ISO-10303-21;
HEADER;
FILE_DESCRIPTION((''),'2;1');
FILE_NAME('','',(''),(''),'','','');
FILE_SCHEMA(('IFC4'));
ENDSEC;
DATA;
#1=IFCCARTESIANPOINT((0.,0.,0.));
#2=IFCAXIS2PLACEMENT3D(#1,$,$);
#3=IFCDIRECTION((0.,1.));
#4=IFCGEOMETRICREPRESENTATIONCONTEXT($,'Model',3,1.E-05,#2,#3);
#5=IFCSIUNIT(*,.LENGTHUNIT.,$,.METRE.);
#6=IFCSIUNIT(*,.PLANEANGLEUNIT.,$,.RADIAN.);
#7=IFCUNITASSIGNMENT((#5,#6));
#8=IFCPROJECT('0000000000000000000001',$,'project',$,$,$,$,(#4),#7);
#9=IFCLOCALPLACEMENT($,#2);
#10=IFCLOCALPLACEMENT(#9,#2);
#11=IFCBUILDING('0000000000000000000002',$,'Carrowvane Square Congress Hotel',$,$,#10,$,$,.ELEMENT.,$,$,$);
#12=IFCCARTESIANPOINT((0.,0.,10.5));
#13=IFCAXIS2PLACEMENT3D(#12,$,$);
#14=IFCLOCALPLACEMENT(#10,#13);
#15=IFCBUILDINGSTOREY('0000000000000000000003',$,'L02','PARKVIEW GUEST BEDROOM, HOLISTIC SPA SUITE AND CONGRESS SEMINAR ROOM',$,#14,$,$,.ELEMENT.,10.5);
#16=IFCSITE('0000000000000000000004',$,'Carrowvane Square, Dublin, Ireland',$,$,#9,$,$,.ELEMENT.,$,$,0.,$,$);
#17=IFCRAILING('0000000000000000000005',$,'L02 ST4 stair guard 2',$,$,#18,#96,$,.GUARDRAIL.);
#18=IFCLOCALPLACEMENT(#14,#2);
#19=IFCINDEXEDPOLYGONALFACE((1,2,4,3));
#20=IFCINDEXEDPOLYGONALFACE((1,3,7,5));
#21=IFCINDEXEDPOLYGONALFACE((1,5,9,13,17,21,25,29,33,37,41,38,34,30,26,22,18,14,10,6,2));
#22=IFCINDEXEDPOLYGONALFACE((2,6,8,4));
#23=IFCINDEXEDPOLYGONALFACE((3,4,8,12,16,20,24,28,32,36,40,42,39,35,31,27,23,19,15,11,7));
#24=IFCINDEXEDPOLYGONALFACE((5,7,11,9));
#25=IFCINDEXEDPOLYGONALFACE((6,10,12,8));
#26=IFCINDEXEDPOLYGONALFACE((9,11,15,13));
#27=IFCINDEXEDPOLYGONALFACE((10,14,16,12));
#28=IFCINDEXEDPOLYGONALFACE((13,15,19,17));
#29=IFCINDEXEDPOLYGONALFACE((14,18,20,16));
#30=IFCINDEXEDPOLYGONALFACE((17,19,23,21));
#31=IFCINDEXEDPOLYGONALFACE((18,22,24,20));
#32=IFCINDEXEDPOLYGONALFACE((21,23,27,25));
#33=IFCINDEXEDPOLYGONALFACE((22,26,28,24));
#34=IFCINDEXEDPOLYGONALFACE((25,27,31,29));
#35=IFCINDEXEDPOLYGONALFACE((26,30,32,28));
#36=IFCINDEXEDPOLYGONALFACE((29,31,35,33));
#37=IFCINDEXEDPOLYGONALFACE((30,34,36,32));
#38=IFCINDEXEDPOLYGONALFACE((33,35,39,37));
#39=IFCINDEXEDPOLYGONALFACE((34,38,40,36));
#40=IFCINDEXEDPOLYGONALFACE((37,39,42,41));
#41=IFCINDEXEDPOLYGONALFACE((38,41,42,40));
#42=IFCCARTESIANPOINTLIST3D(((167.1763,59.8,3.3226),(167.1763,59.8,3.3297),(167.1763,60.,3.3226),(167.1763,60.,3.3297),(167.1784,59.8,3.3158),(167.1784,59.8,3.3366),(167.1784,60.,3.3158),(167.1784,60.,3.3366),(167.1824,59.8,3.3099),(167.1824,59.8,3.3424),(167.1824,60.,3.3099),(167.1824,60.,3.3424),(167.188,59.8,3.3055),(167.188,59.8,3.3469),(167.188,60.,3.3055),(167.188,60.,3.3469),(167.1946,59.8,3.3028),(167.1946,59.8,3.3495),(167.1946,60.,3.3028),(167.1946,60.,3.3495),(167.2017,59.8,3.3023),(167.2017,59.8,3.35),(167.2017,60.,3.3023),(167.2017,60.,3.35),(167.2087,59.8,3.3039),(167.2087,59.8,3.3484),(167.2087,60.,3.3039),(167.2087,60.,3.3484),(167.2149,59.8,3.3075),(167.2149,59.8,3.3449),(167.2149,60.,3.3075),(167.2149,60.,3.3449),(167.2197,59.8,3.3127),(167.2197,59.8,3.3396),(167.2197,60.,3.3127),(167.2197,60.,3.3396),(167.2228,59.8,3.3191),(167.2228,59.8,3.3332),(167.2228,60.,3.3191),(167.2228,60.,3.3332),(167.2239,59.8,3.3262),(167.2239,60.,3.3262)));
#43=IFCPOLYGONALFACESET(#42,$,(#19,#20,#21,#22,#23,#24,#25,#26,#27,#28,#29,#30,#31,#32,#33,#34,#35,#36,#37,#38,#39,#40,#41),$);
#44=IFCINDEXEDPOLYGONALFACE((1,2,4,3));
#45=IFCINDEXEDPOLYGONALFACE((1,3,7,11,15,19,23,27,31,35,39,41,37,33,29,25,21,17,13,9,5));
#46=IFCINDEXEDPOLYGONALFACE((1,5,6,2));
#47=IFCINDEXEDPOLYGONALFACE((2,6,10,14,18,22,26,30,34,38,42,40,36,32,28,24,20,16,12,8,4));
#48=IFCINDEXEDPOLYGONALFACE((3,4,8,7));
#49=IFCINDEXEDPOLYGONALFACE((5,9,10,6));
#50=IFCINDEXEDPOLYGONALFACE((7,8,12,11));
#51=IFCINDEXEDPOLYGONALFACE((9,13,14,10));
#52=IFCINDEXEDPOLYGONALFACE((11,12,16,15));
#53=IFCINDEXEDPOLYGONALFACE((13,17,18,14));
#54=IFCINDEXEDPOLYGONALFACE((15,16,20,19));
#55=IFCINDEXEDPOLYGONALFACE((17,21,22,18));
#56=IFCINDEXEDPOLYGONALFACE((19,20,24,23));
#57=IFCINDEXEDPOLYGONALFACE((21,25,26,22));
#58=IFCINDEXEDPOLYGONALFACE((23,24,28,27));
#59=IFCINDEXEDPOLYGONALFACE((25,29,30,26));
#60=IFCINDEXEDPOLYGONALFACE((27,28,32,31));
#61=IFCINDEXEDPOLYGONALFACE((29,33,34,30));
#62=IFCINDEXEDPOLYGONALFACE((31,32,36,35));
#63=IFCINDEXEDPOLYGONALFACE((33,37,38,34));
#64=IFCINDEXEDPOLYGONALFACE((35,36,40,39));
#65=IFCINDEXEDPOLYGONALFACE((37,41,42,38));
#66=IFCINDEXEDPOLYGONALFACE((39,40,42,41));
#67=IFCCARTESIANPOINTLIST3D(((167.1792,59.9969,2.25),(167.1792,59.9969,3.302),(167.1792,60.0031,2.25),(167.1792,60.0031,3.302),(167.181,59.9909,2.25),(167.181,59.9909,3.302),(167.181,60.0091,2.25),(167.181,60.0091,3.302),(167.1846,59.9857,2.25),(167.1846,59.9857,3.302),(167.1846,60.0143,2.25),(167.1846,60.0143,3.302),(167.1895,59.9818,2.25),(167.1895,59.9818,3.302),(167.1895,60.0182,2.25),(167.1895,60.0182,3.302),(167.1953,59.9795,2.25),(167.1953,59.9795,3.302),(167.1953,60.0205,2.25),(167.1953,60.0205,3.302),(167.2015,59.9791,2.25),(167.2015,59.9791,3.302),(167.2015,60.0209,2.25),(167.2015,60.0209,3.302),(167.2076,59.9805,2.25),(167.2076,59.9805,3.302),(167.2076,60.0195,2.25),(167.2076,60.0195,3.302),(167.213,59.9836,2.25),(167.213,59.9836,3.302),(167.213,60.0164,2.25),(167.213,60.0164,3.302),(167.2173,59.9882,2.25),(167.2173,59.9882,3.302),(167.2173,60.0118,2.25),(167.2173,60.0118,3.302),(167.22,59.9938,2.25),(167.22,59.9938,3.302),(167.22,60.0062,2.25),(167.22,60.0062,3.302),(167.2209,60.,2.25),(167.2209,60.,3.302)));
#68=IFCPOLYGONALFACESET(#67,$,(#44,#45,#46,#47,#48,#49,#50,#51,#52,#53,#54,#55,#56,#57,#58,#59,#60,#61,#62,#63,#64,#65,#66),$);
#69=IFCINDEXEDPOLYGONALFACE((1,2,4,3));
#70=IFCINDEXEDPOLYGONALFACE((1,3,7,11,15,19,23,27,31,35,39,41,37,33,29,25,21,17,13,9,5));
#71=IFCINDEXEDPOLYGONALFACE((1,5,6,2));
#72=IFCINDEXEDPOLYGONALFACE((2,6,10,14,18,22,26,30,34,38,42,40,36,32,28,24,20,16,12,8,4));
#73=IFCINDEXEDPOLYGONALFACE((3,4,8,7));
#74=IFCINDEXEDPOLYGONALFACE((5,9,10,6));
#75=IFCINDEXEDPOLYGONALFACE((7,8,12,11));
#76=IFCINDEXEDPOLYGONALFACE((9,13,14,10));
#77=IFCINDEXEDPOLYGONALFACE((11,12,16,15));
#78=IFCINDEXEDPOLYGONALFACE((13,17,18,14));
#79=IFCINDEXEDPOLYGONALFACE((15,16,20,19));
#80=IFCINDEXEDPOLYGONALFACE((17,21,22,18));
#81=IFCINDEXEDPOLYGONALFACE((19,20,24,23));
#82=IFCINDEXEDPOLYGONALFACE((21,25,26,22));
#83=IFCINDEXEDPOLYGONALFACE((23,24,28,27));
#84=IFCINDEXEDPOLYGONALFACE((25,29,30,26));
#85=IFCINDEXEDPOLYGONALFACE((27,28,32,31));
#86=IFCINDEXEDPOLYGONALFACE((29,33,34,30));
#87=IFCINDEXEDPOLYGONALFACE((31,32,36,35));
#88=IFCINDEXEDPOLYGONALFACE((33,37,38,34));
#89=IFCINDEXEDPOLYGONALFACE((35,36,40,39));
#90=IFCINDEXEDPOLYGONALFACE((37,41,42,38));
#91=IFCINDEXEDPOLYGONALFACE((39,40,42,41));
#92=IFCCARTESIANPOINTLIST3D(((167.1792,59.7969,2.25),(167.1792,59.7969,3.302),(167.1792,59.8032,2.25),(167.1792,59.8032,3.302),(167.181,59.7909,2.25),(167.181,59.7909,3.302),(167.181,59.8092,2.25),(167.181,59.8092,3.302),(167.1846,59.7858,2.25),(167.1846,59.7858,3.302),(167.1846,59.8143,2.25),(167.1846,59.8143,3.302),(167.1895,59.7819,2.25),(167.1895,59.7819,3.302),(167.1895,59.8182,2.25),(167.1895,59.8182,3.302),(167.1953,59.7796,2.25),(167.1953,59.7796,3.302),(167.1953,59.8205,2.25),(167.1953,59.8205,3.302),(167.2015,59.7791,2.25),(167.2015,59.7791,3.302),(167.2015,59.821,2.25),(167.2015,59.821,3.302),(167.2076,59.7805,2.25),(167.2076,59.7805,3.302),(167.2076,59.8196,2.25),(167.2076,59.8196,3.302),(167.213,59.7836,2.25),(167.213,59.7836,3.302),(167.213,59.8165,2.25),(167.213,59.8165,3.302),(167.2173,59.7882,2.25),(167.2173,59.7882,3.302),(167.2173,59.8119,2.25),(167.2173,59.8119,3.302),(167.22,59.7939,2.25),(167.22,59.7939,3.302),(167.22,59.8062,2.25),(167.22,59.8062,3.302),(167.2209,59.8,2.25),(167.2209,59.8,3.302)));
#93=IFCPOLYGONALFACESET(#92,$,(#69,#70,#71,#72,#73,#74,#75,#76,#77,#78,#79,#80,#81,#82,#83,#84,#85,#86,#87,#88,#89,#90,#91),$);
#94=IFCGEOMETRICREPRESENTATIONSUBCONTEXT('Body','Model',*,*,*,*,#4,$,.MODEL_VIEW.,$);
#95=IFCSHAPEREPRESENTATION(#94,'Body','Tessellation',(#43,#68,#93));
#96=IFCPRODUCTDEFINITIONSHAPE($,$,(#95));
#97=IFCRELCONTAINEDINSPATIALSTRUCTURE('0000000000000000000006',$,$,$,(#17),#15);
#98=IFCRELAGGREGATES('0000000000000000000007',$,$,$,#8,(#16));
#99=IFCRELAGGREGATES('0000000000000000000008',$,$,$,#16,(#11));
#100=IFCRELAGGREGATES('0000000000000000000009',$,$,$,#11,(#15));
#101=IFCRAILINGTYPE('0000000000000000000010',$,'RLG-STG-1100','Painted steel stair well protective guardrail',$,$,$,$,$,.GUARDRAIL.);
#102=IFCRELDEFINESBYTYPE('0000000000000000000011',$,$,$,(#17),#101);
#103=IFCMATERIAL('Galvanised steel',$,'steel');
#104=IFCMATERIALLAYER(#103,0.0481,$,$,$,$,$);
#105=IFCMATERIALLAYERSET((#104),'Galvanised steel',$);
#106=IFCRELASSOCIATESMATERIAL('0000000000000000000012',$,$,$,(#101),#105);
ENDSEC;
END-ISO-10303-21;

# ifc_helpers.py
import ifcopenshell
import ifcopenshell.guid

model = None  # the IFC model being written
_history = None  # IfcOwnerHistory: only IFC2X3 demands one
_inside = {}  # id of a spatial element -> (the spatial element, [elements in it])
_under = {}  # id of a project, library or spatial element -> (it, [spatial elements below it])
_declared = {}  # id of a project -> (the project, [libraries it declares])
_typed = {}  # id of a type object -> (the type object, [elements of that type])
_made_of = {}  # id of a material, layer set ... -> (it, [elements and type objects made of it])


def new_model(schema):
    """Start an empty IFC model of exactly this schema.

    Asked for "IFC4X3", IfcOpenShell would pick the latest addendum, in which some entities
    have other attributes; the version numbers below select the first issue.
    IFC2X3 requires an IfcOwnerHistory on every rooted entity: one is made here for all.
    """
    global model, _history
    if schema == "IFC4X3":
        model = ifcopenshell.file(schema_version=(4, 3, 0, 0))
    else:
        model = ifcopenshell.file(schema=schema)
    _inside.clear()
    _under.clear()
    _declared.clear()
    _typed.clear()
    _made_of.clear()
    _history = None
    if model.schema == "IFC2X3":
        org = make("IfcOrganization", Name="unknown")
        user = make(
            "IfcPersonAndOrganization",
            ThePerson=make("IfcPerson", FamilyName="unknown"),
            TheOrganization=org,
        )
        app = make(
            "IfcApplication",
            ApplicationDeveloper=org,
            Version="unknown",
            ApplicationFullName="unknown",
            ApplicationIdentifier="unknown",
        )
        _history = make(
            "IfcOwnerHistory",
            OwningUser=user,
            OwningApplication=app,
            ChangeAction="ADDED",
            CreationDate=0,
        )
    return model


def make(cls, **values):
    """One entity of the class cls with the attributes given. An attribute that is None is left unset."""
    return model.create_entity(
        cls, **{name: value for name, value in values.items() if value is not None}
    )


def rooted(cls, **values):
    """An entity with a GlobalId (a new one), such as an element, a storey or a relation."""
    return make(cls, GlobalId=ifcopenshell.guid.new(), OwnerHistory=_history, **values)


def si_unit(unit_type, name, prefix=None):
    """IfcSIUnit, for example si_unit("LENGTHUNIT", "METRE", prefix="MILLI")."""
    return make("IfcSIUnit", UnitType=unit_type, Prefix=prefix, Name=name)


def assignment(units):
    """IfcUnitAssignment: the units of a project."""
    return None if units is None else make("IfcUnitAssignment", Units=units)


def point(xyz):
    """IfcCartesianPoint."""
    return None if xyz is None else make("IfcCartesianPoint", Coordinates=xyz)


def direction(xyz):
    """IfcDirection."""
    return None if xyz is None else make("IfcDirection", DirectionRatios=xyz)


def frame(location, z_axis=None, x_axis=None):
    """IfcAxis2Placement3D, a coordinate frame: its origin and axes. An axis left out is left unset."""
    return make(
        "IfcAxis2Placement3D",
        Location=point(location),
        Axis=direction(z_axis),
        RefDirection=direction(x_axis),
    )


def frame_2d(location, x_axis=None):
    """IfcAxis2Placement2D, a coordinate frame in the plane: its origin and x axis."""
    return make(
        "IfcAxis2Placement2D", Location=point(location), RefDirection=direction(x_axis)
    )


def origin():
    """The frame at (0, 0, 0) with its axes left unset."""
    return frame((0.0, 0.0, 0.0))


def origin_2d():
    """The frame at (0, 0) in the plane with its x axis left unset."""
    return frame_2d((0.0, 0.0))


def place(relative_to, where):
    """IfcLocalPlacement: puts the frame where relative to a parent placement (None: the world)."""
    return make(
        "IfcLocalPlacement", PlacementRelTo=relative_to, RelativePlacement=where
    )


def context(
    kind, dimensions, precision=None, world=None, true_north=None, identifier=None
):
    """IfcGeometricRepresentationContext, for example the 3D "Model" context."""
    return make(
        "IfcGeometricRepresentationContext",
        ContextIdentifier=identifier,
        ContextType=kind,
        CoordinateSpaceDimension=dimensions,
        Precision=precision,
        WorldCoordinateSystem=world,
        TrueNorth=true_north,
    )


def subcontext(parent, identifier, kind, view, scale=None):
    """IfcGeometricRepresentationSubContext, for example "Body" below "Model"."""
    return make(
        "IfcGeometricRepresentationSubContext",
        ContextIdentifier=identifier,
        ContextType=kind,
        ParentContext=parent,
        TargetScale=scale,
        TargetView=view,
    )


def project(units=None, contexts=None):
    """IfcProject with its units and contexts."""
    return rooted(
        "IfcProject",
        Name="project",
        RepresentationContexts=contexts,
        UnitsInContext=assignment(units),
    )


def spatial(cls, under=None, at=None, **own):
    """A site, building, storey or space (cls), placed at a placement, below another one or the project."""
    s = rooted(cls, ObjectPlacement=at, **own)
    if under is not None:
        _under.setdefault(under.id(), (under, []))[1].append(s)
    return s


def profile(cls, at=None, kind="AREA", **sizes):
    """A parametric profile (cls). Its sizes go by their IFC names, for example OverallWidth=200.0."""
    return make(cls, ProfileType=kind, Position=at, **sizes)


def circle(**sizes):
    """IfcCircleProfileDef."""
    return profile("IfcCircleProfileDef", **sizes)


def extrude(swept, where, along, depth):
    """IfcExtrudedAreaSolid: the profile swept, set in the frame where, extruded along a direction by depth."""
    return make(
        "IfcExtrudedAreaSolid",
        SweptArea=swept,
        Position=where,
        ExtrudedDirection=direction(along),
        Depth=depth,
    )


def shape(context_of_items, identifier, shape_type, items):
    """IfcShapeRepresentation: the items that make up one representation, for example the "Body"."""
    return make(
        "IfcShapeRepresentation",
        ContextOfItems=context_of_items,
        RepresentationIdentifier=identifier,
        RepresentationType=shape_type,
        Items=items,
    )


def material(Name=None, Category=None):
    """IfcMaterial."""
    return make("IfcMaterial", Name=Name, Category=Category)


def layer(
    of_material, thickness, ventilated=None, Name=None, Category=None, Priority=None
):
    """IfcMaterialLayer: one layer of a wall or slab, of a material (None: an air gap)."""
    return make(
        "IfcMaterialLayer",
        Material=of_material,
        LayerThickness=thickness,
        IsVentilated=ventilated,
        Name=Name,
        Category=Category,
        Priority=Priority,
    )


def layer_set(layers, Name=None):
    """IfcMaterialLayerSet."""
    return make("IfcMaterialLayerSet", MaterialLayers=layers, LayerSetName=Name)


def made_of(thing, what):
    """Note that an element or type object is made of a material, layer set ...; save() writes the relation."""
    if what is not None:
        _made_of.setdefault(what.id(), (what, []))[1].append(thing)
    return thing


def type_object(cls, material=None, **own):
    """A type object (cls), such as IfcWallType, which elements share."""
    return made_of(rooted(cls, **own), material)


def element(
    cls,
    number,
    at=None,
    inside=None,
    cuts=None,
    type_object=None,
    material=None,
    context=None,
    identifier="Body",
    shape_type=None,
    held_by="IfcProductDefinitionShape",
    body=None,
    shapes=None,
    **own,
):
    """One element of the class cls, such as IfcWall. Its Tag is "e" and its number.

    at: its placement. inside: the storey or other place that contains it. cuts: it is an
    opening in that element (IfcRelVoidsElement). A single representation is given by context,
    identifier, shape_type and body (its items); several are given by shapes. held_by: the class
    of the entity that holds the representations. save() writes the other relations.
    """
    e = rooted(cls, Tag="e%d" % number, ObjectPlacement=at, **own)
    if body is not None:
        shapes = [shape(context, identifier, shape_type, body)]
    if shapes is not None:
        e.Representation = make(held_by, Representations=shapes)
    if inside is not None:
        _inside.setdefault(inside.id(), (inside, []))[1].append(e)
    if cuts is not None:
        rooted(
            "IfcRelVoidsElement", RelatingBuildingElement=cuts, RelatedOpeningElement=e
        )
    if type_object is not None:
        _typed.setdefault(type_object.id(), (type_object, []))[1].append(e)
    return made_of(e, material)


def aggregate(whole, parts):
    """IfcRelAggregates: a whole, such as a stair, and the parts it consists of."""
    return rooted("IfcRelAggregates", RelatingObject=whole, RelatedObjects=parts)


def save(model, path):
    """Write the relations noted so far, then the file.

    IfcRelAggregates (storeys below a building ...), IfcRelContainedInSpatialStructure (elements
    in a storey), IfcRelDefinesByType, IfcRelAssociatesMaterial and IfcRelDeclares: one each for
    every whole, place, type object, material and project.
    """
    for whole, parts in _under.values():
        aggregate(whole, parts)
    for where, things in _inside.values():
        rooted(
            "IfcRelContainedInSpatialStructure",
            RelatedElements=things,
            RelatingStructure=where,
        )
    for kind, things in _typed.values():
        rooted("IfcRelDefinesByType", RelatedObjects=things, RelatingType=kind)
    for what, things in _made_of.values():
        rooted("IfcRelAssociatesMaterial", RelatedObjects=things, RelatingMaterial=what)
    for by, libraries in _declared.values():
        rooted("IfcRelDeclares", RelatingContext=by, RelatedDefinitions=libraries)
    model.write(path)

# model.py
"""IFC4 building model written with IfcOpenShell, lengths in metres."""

from ifc_helpers import new_model, si_unit, direction, frame, origin, origin_2d, place, context, subcontext, project, spatial, circle, extrude, material, layer, layer_set, type_object, element, save


model = new_model("IFC4")

# Units and contexts
model_context = context("Model", 3, precision=1e-05, world=origin(), true_north=direction((0.0, 1.0)))
body_context = subcontext(model_context, "Body", "Model", "MODEL_VIEW")
ifc_project = project(units=[si_unit("LENGTHUNIT", "METRE"), si_unit("PLANEANGLEUNIT", "RADIAN")], contexts=[model_context])

# Site, building, storey
site_placement = place(None, origin())
site = spatial("IfcSite", under=ifc_project, at=site_placement, Name="Carrowvane Square, Dublin, Ireland", CompositionType="ELEMENT", RefElevation=0.0)
building_placement = place(site_placement, origin())
building = spatial("IfcBuilding", under=site, at=building_placement, Name="Carrowvane Square Congress Hotel", CompositionType="ELEMENT")
storey_placement = place(building_placement, frame((0.0, 0.0, 10.5)))
storey = spatial("IfcBuildingStorey", under=building, at=storey_placement, Name="L02", Description="PARKVIEW GUEST BEDROOM, HOLISTIC SPA SUITE AND CONGRESS SEMINAR ROOM", CompositionType="ELEMENT", Elevation=10.5)

# Railing
ifc_material_1 = material(Name="Galvanised steel", Category="steel")
ifc_layer_1 = layer(ifc_material_1, 0.0481)
ifc_layer_set_1 = layer_set([ifc_layer_1], Name="Galvanised steel")
railing_type_1 = type_object("IfcRailingType", Name="RLG-STG-1100", Description="Painted steel stair well protective guardrail", PredefinedType="GUARDRAIL", material=ifc_layer_set_1)
railing_1_placement = place(storey_placement, frame((167.2, 60.0, 2.25)))
element("IfcRailing", 1, at=railing_1_placement, inside=storey, type_object=railing_type_1, Name="L02 ST4 stair guard 2", PredefinedType="GUARDRAIL", context=body_context, shape_type="SweptSolid", body=[
    extrude(circle(Radius=0.0239, at=origin_2d()), frame((0.0, 0.0, 1.0762), z_axis=(0.0, -1.0, 0.0), x_axis=(1.0, 0.0, 0.0)), (0.0, 0.0, 1.0), 0.2),
    extrude(circle(Radius=0.021, at=origin_2d()), origin(), (0.0, 0.0, 1.0), 1.052),
    extrude(circle(Radius=0.021, at=origin_2d()), frame((0.0, -0.2, 0.0)), (0.0, 0.0, 1.0), 1.052),
])

save(model, "model.ifc")
